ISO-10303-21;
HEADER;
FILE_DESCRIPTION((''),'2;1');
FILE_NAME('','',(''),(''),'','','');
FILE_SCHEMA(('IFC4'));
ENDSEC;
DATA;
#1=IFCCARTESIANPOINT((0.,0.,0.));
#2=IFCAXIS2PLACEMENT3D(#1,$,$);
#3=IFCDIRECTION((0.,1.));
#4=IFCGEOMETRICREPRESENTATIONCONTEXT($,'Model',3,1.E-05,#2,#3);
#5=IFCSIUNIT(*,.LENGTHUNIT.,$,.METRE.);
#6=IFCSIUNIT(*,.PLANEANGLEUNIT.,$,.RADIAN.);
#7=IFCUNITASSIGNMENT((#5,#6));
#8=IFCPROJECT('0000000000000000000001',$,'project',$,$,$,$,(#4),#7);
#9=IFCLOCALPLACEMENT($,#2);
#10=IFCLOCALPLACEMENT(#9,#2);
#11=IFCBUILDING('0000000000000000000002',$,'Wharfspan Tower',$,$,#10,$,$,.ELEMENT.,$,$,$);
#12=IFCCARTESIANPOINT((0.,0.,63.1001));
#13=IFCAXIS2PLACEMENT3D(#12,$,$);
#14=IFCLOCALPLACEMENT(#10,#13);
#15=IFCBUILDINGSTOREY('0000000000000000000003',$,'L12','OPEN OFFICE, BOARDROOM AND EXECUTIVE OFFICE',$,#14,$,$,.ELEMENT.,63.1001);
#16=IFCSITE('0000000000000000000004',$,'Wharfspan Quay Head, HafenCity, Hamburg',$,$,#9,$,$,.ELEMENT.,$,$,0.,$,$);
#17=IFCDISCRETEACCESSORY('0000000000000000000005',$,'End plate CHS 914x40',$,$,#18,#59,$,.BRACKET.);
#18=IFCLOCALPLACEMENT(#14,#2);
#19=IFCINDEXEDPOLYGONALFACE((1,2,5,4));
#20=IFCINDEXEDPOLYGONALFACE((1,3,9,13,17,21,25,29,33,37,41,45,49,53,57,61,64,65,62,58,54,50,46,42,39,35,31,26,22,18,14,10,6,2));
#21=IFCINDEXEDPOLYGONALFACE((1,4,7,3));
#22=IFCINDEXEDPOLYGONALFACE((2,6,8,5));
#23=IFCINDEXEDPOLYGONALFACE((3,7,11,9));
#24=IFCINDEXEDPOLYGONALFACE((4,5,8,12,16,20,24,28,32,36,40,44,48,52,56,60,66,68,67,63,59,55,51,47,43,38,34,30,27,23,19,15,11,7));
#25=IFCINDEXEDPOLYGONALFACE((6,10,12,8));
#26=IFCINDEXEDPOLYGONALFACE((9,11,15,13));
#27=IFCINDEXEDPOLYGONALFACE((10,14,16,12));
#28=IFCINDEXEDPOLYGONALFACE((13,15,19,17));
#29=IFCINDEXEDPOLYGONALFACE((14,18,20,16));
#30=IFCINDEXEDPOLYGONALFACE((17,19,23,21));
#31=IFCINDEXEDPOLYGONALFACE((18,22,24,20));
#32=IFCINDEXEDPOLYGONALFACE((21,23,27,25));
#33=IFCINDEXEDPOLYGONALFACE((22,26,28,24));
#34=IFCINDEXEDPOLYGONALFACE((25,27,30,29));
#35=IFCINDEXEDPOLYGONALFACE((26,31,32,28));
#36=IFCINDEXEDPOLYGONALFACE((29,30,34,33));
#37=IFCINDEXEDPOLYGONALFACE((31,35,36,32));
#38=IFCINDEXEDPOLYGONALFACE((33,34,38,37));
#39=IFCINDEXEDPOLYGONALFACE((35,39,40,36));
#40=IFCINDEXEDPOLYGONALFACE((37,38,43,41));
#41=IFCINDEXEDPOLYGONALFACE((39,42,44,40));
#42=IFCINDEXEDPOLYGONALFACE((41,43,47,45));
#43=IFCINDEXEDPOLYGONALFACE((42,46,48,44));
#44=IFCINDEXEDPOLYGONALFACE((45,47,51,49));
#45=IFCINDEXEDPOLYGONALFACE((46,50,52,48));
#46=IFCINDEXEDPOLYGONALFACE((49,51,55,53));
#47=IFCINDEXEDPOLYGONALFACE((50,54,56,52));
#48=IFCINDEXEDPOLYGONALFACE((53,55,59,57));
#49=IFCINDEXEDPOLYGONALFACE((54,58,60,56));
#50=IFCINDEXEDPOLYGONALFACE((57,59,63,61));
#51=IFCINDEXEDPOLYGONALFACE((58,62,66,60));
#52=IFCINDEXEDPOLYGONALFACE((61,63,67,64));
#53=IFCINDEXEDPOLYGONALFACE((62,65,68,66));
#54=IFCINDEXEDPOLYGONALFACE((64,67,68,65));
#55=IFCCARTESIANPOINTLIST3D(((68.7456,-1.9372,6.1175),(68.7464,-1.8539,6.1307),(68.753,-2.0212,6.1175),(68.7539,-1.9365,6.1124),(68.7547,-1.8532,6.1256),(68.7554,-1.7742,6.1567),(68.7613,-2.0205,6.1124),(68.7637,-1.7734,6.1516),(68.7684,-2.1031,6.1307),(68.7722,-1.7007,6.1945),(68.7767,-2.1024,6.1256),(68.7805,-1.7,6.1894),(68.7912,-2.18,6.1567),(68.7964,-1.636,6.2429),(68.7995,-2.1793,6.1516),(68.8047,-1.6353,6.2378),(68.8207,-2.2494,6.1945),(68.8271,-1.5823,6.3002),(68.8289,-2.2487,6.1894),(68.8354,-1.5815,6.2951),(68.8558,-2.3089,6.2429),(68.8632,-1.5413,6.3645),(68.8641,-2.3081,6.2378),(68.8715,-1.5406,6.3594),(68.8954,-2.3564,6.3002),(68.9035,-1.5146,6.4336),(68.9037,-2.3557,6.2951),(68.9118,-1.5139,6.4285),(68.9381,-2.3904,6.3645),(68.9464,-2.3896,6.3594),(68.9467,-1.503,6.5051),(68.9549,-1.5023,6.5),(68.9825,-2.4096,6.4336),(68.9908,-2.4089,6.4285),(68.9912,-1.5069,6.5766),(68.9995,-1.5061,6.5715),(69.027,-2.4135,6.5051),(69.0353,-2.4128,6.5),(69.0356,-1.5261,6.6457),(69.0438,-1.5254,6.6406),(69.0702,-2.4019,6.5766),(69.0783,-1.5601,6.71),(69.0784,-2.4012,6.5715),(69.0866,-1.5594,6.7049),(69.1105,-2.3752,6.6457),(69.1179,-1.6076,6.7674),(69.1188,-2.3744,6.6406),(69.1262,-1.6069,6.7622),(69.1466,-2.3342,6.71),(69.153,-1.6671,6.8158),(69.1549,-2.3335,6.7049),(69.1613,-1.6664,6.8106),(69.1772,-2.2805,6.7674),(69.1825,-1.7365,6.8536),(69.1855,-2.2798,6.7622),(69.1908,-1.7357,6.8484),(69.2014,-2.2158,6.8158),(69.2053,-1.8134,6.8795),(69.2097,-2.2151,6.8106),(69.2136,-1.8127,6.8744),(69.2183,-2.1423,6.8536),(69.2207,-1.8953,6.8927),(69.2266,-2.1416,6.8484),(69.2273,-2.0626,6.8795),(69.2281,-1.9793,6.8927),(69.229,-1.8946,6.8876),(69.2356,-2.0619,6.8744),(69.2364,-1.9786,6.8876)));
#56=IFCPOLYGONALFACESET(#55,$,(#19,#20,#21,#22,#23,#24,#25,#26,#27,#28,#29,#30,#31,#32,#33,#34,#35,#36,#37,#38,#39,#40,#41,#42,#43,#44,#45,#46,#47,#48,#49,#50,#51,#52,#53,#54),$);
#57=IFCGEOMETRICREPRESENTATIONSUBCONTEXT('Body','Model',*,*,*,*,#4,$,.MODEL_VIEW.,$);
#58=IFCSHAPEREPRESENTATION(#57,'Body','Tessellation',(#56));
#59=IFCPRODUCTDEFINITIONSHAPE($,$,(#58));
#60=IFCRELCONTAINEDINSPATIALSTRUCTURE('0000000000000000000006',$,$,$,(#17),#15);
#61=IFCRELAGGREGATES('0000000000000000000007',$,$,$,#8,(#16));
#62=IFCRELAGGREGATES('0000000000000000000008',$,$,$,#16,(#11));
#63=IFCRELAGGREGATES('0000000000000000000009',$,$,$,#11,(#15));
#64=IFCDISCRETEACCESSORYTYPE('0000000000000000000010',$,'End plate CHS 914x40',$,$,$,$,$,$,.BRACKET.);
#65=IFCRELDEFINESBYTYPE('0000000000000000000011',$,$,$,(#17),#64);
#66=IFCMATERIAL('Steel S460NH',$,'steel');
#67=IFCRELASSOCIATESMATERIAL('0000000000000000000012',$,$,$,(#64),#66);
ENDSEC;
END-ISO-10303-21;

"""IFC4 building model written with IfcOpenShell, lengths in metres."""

from ifc_helpers import new_model, si_unit, direction, frame, origin, origin_2d, place, context, subcontext, project, spatial, circle, extrude, material, material_profile, profile_set, type_object, element, save


model = new_model("IFC4")

# Units and contexts
model_context = context("Model", 3, precision=1e-05, world=origin(), true_north=direction((0.0, 1.0)))
body_context = subcontext(model_context, "Body", "Model", "MODEL_VIEW")
ifc_project = project(units=[si_unit("LENGTHUNIT", "METRE"), si_unit("PLANEANGLEUNIT", "RADIAN")], contexts=[model_context])

# Site, building, storey
site_placement = place(None, origin())
site = spatial("IfcSite", under=ifc_project, at=site_placement, Name="Wharfspan Quay Head, HafenCity, Hamburg", CompositionType="ELEMENT", RefElevation=0.0)
building_placement = place(site_placement, origin())
building = spatial("IfcBuilding", under=site, at=building_placement, Name="Wharfspan Tower", CompositionType="ELEMENT")
storey_placement = place(building_placement, frame((0.0, 0.0, 63.1001)))
storey = spatial("IfcBuildingStorey", under=building, at=storey_placement, Name="L12", Description="OPEN OFFICE, BOARDROOM AND EXECUTIVE OFFICE", CompositionType="ELEMENT", Elevation=63.1001)

# Discrete accessory
ifc_material_1 = material(Name="Steel S460NH", Category="steel")
ifc_material_profile_1 = material_profile(ifc_material_1, circle(Radius=0.457, at=origin_2d()))
ifc_profile_set_1 = profile_set([ifc_material_profile_1], Name="Steel S460NH")
discrete_accessory_type = type_object("IfcDiscreteAccessoryType", Name="End plate CHS 914x40", PredefinedType="BRACKET", material=ifc_profile_set_1)
discrete_accessory_placement = place(storey_placement, frame((68.9951, -1.9575, 6.5), z_axis=(-0.848411, -0.07486, 0.524018), x_axis=(0.087893, -0.996132, -0.000002)))
element("IfcDiscreteAccessory", 1, at=discrete_accessory_placement, inside=storey, type_object=discrete_accessory_type, Name="End plate CHS 914x40", PredefinedType="BRACKET", context=body_context, shape_type="SweptSolid", body=[
    extrude(circle(Radius=0.457, at=origin_2d()), origin(), (0.0, 0.0, 1.0), 0.0098),
])

save(model, "model.ifc")
